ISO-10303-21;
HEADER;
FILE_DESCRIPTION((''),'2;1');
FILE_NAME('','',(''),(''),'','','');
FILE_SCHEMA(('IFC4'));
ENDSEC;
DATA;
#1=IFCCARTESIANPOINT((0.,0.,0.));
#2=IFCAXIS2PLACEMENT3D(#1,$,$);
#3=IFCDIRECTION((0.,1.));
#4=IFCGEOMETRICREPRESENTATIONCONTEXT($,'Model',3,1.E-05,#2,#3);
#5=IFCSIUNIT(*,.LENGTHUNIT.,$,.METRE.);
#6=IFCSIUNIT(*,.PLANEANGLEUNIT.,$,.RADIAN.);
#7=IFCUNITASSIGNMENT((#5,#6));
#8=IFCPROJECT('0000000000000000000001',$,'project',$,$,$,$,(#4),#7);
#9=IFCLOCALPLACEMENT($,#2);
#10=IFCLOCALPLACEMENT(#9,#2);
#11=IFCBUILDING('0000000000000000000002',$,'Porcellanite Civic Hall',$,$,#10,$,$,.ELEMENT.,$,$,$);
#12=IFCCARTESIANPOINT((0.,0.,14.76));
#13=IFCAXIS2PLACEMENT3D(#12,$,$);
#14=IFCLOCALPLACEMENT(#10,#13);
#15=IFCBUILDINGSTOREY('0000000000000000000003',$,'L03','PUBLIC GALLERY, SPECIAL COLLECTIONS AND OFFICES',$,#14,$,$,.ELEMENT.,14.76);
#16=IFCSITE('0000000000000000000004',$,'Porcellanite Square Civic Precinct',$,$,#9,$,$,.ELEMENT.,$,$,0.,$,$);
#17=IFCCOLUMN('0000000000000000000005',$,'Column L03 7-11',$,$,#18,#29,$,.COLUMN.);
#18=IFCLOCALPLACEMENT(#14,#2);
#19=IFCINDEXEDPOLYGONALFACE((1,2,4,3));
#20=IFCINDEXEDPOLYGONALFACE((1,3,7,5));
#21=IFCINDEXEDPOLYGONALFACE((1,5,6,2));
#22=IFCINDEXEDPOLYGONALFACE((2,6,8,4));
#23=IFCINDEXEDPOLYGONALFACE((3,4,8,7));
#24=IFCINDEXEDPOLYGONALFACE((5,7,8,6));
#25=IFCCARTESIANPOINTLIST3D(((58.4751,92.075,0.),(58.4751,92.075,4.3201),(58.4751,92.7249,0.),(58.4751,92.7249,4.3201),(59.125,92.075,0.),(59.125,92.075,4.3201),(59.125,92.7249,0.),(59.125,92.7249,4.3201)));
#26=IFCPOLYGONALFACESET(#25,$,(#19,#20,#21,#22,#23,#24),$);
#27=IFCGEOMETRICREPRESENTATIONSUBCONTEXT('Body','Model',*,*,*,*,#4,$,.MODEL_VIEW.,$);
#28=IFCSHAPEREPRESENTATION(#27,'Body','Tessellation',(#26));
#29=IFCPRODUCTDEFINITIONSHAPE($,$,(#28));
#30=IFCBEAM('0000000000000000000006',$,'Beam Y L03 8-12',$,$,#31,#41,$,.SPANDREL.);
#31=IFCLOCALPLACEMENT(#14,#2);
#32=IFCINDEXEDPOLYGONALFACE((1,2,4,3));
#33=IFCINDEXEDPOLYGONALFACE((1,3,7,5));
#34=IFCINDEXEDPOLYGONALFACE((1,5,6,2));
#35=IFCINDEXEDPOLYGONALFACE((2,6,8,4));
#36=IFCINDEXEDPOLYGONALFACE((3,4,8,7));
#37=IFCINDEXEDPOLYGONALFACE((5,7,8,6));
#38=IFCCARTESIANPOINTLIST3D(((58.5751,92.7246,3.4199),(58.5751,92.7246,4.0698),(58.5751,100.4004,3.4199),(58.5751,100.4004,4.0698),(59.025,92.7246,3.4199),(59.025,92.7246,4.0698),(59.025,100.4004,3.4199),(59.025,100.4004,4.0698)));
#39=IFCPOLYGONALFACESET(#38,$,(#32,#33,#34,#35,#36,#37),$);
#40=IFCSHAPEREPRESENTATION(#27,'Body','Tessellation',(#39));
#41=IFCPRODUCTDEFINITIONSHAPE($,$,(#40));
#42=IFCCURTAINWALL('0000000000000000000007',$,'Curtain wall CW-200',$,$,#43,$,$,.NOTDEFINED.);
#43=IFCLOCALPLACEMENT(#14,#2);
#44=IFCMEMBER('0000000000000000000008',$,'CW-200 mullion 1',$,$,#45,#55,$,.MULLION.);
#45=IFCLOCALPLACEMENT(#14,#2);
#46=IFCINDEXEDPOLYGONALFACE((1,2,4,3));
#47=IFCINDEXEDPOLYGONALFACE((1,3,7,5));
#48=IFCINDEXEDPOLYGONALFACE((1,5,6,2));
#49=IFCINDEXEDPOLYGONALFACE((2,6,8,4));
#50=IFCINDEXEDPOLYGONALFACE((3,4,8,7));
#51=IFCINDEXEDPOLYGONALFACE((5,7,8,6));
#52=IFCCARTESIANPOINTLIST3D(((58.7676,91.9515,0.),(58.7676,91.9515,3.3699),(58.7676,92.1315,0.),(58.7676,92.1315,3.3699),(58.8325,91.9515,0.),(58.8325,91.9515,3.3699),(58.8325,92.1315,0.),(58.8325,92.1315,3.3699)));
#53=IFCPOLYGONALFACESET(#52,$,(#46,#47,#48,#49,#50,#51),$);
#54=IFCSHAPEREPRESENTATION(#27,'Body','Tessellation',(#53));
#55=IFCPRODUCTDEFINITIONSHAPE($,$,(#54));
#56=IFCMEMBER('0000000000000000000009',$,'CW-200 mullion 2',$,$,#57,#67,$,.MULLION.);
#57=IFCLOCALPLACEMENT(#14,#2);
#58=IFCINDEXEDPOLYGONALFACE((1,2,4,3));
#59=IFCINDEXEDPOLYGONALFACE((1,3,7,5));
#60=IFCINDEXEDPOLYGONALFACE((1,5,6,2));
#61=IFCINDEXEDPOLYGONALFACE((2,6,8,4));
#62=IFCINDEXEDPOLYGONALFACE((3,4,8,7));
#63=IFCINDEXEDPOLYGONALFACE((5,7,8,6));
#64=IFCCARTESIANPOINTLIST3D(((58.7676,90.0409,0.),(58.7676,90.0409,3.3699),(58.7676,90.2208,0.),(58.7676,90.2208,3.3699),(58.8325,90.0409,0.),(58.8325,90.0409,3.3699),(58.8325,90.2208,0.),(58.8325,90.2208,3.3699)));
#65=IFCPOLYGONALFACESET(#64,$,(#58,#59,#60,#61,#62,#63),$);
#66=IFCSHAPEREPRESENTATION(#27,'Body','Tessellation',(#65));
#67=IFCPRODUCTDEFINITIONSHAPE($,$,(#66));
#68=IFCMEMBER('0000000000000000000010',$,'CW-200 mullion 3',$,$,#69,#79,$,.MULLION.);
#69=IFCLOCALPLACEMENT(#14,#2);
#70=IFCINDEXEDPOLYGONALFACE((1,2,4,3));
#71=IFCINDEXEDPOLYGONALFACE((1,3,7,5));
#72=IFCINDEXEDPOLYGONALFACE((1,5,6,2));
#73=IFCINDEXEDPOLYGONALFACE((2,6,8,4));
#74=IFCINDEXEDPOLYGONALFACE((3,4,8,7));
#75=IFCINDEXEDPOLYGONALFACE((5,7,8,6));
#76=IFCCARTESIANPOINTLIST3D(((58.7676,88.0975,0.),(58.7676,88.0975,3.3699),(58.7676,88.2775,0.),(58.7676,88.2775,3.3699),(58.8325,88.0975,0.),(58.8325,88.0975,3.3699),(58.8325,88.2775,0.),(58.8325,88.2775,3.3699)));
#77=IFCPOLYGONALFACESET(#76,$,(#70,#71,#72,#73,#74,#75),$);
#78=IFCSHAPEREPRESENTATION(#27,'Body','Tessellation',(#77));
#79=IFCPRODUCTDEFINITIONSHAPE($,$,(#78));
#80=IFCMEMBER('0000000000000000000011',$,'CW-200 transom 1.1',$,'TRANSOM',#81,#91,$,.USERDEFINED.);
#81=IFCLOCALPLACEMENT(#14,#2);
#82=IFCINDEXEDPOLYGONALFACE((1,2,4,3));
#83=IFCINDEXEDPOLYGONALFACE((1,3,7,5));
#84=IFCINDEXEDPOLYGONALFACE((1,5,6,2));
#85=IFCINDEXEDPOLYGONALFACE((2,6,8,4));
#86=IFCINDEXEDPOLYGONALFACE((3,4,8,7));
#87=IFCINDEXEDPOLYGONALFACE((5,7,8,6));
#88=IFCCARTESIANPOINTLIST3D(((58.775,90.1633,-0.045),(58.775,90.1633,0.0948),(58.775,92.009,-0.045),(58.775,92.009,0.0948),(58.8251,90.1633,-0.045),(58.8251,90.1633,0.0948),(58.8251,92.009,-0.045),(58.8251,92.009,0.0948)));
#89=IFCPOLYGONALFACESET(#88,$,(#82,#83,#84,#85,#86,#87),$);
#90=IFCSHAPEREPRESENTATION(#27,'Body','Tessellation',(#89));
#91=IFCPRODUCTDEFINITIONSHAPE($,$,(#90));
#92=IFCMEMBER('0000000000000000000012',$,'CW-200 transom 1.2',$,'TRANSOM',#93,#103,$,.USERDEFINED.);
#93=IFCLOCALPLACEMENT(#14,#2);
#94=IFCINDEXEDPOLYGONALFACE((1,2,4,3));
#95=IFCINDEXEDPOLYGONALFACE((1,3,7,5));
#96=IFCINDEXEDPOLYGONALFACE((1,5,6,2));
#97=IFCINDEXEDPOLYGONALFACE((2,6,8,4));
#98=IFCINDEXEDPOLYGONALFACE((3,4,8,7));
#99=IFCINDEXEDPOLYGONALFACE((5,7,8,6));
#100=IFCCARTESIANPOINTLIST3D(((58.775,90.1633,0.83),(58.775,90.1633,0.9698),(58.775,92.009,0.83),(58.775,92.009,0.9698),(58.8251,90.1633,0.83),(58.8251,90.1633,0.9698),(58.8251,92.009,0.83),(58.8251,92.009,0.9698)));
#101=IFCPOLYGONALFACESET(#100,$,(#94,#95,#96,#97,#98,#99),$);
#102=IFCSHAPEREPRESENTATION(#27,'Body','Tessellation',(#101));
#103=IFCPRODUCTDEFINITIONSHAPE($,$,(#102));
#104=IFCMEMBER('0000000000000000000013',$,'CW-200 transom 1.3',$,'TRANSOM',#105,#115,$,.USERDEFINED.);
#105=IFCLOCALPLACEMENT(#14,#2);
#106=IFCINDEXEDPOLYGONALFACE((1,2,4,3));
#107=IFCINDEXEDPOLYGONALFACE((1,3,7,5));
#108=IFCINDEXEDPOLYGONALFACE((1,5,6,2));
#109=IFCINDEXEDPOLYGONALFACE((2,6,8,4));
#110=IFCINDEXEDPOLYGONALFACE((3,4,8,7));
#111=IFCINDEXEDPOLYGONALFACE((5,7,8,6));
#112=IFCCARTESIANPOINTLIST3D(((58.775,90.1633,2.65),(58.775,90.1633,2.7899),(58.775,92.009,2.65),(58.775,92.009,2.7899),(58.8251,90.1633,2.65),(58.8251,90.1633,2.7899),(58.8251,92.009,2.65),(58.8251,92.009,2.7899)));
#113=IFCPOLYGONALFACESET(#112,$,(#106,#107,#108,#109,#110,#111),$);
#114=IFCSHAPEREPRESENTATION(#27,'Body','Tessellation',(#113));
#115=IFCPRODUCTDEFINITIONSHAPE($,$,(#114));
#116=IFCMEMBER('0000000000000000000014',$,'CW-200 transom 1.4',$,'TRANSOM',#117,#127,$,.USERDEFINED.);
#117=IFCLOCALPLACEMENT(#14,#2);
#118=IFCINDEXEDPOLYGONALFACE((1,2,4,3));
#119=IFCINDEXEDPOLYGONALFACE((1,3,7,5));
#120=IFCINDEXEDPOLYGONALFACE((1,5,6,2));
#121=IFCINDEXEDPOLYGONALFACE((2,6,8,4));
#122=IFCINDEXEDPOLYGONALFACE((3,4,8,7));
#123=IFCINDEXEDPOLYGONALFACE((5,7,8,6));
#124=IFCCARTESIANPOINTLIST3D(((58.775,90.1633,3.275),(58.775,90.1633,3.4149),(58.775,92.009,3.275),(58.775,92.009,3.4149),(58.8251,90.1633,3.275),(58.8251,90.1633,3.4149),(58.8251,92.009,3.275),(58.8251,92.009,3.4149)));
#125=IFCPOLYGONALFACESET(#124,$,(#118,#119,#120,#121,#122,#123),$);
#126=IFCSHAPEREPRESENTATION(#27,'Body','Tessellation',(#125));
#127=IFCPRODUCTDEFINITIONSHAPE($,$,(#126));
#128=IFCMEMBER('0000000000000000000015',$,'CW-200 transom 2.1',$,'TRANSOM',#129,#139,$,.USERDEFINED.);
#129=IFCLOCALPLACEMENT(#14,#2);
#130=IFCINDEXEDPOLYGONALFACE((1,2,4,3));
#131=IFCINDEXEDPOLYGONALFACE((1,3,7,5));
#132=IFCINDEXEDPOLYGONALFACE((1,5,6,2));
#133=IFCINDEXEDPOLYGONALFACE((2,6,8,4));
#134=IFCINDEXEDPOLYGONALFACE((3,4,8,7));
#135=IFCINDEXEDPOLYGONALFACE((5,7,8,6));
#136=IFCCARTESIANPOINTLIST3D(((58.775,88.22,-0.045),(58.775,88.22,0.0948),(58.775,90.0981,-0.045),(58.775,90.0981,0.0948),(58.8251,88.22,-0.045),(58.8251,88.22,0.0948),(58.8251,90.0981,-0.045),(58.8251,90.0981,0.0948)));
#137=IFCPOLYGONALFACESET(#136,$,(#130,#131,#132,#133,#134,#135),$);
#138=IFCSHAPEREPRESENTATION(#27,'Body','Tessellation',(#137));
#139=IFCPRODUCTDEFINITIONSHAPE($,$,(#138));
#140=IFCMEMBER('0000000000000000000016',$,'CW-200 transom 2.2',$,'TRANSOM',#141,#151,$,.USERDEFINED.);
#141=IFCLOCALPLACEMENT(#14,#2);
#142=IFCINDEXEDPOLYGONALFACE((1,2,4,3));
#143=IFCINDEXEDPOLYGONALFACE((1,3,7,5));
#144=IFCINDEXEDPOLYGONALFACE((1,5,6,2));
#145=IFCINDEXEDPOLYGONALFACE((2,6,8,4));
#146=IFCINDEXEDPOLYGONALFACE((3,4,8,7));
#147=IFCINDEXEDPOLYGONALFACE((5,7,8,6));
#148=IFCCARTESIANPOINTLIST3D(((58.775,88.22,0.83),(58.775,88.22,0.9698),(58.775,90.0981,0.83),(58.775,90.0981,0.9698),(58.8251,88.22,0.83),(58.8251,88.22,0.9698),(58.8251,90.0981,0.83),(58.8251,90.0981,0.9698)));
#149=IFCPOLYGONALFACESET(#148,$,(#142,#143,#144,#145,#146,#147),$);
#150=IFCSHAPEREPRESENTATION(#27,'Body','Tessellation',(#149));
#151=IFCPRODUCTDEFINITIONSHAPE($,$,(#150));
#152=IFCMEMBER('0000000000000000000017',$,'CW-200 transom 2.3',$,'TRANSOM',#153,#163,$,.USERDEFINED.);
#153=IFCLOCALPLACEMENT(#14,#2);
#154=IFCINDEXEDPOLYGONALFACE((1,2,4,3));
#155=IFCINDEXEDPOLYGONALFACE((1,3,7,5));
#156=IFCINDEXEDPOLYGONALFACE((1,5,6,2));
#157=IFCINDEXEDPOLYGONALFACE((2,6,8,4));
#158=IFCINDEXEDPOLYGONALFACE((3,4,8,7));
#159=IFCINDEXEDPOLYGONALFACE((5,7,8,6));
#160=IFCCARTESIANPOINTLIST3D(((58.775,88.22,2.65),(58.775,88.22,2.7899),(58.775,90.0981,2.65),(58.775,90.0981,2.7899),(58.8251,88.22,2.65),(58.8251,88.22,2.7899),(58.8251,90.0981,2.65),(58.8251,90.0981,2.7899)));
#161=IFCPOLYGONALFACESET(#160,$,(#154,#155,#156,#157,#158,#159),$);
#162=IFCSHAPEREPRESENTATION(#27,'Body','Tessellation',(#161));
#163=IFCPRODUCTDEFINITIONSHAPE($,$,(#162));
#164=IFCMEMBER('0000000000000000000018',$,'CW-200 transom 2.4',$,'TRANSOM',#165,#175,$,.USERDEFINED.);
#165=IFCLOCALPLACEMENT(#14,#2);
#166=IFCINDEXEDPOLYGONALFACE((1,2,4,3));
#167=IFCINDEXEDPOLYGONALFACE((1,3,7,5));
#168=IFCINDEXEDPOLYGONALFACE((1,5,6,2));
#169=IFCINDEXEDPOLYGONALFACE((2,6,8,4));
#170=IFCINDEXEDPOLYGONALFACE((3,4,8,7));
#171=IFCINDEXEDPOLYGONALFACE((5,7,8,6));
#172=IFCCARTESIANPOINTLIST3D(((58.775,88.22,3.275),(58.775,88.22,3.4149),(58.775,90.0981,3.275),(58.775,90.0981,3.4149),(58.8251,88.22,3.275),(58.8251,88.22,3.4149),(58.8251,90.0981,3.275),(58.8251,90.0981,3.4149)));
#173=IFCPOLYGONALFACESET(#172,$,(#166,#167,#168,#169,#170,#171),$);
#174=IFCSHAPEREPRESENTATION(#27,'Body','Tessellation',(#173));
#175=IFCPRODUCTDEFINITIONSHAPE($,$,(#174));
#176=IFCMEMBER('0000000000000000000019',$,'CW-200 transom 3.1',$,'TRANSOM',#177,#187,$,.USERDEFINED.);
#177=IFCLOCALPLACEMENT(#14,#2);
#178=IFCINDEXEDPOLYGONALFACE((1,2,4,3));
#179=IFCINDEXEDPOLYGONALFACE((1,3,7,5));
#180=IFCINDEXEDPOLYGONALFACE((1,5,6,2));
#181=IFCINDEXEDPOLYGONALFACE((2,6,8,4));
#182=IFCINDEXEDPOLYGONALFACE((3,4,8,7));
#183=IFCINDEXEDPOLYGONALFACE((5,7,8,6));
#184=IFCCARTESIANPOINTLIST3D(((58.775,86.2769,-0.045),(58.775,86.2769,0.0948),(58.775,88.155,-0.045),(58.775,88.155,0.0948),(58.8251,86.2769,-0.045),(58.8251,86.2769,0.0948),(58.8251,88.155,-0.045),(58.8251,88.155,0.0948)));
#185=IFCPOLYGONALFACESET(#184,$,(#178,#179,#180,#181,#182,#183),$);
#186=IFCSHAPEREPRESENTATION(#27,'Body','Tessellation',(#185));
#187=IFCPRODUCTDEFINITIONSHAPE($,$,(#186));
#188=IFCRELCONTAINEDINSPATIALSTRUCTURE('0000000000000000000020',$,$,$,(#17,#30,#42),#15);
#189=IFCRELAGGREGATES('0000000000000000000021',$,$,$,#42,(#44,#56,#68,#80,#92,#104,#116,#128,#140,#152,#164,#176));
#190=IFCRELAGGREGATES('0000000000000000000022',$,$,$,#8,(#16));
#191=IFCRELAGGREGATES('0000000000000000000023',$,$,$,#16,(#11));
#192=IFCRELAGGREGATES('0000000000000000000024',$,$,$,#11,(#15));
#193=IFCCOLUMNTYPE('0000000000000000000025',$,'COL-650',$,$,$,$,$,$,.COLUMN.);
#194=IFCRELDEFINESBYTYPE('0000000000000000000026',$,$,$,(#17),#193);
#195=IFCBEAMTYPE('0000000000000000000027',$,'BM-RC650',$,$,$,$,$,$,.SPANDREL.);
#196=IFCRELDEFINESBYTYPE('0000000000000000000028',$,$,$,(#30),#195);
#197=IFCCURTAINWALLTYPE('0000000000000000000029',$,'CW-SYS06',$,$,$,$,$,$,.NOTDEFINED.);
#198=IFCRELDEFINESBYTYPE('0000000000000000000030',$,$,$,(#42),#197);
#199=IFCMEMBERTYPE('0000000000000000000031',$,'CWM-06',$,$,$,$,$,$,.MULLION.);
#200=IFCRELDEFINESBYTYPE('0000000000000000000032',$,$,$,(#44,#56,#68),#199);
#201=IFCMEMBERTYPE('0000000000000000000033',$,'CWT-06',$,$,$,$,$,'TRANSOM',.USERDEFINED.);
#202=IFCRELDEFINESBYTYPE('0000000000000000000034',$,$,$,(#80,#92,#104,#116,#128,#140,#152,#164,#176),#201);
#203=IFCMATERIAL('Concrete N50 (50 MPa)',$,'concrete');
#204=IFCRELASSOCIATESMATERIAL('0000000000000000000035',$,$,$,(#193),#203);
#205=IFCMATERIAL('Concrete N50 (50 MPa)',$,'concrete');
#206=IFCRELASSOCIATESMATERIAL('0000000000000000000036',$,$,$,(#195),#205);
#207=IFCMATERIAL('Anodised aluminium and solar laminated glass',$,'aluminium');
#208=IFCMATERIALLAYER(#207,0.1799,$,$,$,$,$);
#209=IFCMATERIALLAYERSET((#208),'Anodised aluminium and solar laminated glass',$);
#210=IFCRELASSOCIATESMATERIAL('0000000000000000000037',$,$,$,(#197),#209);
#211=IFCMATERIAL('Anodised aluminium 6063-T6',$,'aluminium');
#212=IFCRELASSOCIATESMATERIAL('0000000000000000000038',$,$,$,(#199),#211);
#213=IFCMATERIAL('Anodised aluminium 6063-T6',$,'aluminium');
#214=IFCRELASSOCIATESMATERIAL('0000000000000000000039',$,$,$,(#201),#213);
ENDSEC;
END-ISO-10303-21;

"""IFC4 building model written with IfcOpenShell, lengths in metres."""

from ifc_helpers import new_model, si_unit, direction, frame, origin, origin_2d, place, context, subcontext, project, spatial, rectangle, extrude, material, layer, layer_set, material_profile, profile_set, type_object, element, aggregate, save


model = new_model("IFC4")

# Units and contexts
model_context = context("Model", 3, precision=1e-05, world=origin(), true_north=direction((0.0, 1.0)))
body_context = subcontext(model_context, "Body", "Model", "MODEL_VIEW")
ifc_project = project(units=[si_unit("LENGTHUNIT", "METRE"), si_unit("PLANEANGLEUNIT", "RADIAN")], contexts=[model_context])

# Site, building, storey
site_placement = place(None, origin())
site = spatial("IfcSite", under=ifc_project, at=site_placement, Name="Porcellanite Square Civic Precinct", CompositionType="ELEMENT", RefElevation=0.0)
building_placement = place(site_placement, origin())
building = spatial("IfcBuilding", under=site, at=building_placement, Name="Porcellanite Civic Hall", CompositionType="ELEMENT")
storey_placement = place(building_placement, frame((0.0, 0.0, 14.76)))
storey = spatial("IfcBuildingStorey", under=building, at=storey_placement, Name="L03", Description="PUBLIC GALLERY, SPECIAL COLLECTIONS AND OFFICES", CompositionType="ELEMENT", Elevation=14.76)

# Column
ifc_material_1 = material(Name="Concrete N50 (50 MPa)", Category="concrete")
ifc_material_profile_1 = material_profile(ifc_material_1, rectangle(XDim=0.6499, YDim=0.6499, at=origin_2d()), Name="RC-650x650")
ifc_profile_set_1 = profile_set([ifc_material_profile_1], Name="Concrete N50 (50 MPa)")
column_type = type_object("IfcColumnType", Name="COL-650", PredefinedType="COLUMN", material=ifc_profile_set_1)
column_placement = place(storey_placement, frame((58.8, 92.3999, 0.0), z_axis=(0.0, 0.0, 1.0), x_axis=(1.0, 0.0, 0.0)))
element("IfcColumn", 1, at=column_placement, inside=storey, type_object=column_type, Name="Column L03 7-11", PredefinedType="COLUMN", context=body_context, shape_type="SweptSolid", body=[
    extrude(rectangle(XDim=0.6499, YDim=0.6499, at=origin_2d()), origin(), (0.0, 0.0, 1.0), 4.3201),
])

# Beam
ifc_material_2 = material(Name="Concrete N50 (50 MPa)", Category="concrete")
ifc_material_profile_2 = material_profile(ifc_material_2, rectangle(XDim=0.45, YDim=0.6499, at=origin_2d()), Name="RC-450x650")
ifc_profile_set_2 = profile_set([ifc_material_profile_2], Name="Concrete N50 (50 MPa)")
beam_type = type_object("IfcBeamType", Name="BM-RC650", PredefinedType="SPANDREL", material=ifc_profile_set_2)
beam_placement = place(storey_placement, frame((58.8, 92.7246, 3.7449), z_axis=(0.0, 1.0, 0.0), x_axis=(-1.0, 0.0, 0.0)))
element("IfcBeam", 2, at=beam_placement, inside=storey, type_object=beam_type, Name="Beam Y L03 8-12", PredefinedType="SPANDREL", context=body_context, shape_type="SweptSolid", body=[
    extrude(rectangle(XDim=0.45, YDim=0.6499, at=origin_2d()), origin(), (0.0, 0.0, 1.0), 7.6758),
])

# Curtain wall, members
ifc_material_3 = material(Name="Anodised aluminium and solar laminated glass", Category="aluminium")
ifc_layer_1 = layer(ifc_material_3, 0.1799)
ifc_layer_set_1 = layer_set([ifc_layer_1], Name="Anodised aluminium and solar laminated glass")
curtain_wall_type = type_object("IfcCurtainWallType", Name="CW-SYS06", PredefinedType="NOTDEFINED", material=ifc_layer_set_1)
curtain_wall_placement = place(storey_placement, origin())
curtain_wall = element("IfcCurtainWall", 3, at=curtain_wall_placement, inside=storey, type_object=curtain_wall_type, Name="Curtain wall CW-200", PredefinedType="NOTDEFINED")
ifc_material_4 = material(Name="Anodised aluminium 6063-T6", Category="aluminium")
ifc_material_profile_3 = material_profile(ifc_material_4, rectangle(XDim=0.0649, YDim=0.1799, at=origin_2d()), Name="AL-65x180")
ifc_profile_set_3 = profile_set([ifc_material_profile_3], Name="Anodised aluminium 6063-T6")
member_type_1 = type_object("IfcMemberType", Name="CWM-06", PredefinedType="MULLION", material=ifc_profile_set_3)
member_1_placement = place(storey_placement, frame((58.8, 92.0415, 0.0), z_axis=(0.0, 0.0, 1.0), x_axis=(1.0, 0.0, 0.0)))
member_1 = element("IfcMember", 4, at=member_1_placement, type_object=member_type_1, Name="CW-200 mullion 1", PredefinedType="MULLION", context=body_context, shape_type="SweptSolid", body=[
    extrude(rectangle(XDim=0.0649, YDim=0.1799, at=origin_2d()), origin(), (0.0, 0.0, 1.0), 3.3699),
])
member_2_placement = place(storey_placement, frame((58.8, 90.1309, 0.0), z_axis=(0.0, 0.0, 1.0), x_axis=(1.0, 0.0, 0.0)))
member_2 = element("IfcMember", 5, at=member_2_placement, type_object=member_type_1, Name="CW-200 mullion 2", PredefinedType="MULLION", context=body_context, shape_type="SweptSolid", body=[
    extrude(rectangle(XDim=0.0649, YDim=0.1799, at=origin_2d()), origin(), (0.0, 0.0, 1.0), 3.3699),
])
member_3_placement = place(storey_placement, frame((58.8, 88.1875, 0.0), z_axis=(0.0, 0.0, 1.0), x_axis=(1.0, 0.0, 0.0)))
member_3 = element("IfcMember", 6, at=member_3_placement, type_object=member_type_1, Name="CW-200 mullion 3", PredefinedType="MULLION", context=body_context, shape_type="SweptSolid", body=[
    extrude(rectangle(XDim=0.0649, YDim=0.1799, at=origin_2d()), origin(), (0.0, 0.0, 1.0), 3.3699),
])
ifc_material_5 = material(Name="Anodised aluminium 6063-T6", Category="aluminium")
ifc_material_profile_4 = material_profile(ifc_material_5, rectangle(XDim=0.05, YDim=0.1399, at=origin_2d()), Name="AL-50x140")
ifc_profile_set_4 = profile_set([ifc_material_profile_4], Name="Anodised aluminium 6063-T6")
member_type_2 = type_object("IfcMemberType", Name="CWT-06", ElementType="TRANSOM", PredefinedType="USERDEFINED", material=ifc_profile_set_4)
member_4_placement = place(storey_placement, frame((58.8, 92.009, 0.0249), z_axis=(0.0, -1.0, 0.0), x_axis=(1.0, 0.0, 0.0)))
member_4 = element("IfcMember", 7, at=member_4_placement, type_object=member_type_2, Name="CW-200 transom 1.1", ObjectType="TRANSOM", PredefinedType="USERDEFINED", context=body_context, shape_type="SweptSolid", body=[
    extrude(rectangle(XDim=0.05, YDim=0.1399, at=origin_2d()), origin(), (0.0, 0.0, 1.0), 1.8457),
])
member_5_placement = place(storey_placement, frame((58.8, 92.009, 0.8999), z_axis=(0.0, -1.0, 0.0), x_axis=(1.0, 0.0, 0.0)))
member_5 = element("IfcMember", 8, at=member_5_placement, type_object=member_type_2, Name="CW-200 transom 1.2", ObjectType="TRANSOM", PredefinedType="USERDEFINED", context=body_context, shape_type="SweptSolid", body=[
    extrude(rectangle(XDim=0.05, YDim=0.1399, at=origin_2d()), origin(), (0.0, 0.0, 1.0), 1.8457),
])
member_6_placement = place(storey_placement, frame((58.8, 92.009, 2.72), z_axis=(0.0, -1.0, 0.0), x_axis=(1.0, 0.0, 0.0)))
member_6 = element("IfcMember", 9, at=member_6_placement, type_object=member_type_2, Name="CW-200 transom 1.3", ObjectType="TRANSOM", PredefinedType="USERDEFINED", context=body_context, shape_type="SweptSolid", body=[
    extrude(rectangle(XDim=0.05, YDim=0.1399, at=origin_2d()), origin(), (0.0, 0.0, 1.0), 1.8457),
])
member_7_placement = place(storey_placement, frame((58.8, 92.009, 3.345), z_axis=(0.0, -1.0, 0.0), x_axis=(1.0, 0.0, 0.0)))
member_7 = element("IfcMember", 10, at=member_7_placement, type_object=member_type_2, Name="CW-200 transom 1.4", ObjectType="TRANSOM", PredefinedType="USERDEFINED", context=body_context, shape_type="SweptSolid", body=[
    extrude(rectangle(XDim=0.05, YDim=0.1399, at=origin_2d()), origin(), (0.0, 0.0, 1.0), 1.8457),
])
member_8_placement = place(storey_placement, frame((58.8, 90.0981, 0.0249), z_axis=(0.0, -1.0, 0.0), x_axis=(1.0, 0.0, 0.0)))
member_8 = element("IfcMember", 11, at=member_8_placement, type_object=member_type_2, Name="CW-200 transom 2.1", ObjectType="TRANSOM", PredefinedType="USERDEFINED", context=body_context, shape_type="SweptSolid", body=[
    extrude(rectangle(XDim=0.05, YDim=0.1399, at=origin_2d()), origin(), (0.0, 0.0, 1.0), 1.8782),
])
member_9_placement = place(storey_placement, frame((58.8, 90.0981, 0.8999), z_axis=(0.0, -1.0, 0.0), x_axis=(1.0, 0.0, 0.0)))
member_9 = element("IfcMember", 12, at=member_9_placement, type_object=member_type_2, Name="CW-200 transom 2.2", ObjectType="TRANSOM", PredefinedType="USERDEFINED", context=body_context, shape_type="SweptSolid", body=[
    extrude(rectangle(XDim=0.05, YDim=0.1399, at=origin_2d()), origin(), (0.0, 0.0, 1.0), 1.8782),
])
member_10_placement = place(storey_placement, frame((58.8, 90.0981, 2.72), z_axis=(0.0, -1.0, 0.0), x_axis=(1.0, 0.0, 0.0)))
member_10 = element("IfcMember", 13, at=member_10_placement, type_object=member_type_2, Name="CW-200 transom 2.3", ObjectType="TRANSOM", PredefinedType="USERDEFINED", context=body_context, shape_type="SweptSolid", body=[
    extrude(rectangle(XDim=0.05, YDim=0.1399, at=origin_2d()), origin(), (0.0, 0.0, 1.0), 1.8782),
])
member_11_placement = place(storey_placement, frame((58.8, 90.0981, 3.345), z_axis=(0.0, -1.0, 0.0), x_axis=(1.0, 0.0, 0.0)))
member_11 = element("IfcMember", 14, at=member_11_placement, type_object=member_type_2, Name="CW-200 transom 2.4", ObjectType="TRANSOM", PredefinedType="USERDEFINED", context=body_context, shape_type="SweptSolid", body=[
    extrude(rectangle(XDim=0.05, YDim=0.1399, at=origin_2d()), origin(), (0.0, 0.0, 1.0), 1.8782),
])
member_12_placement = place(storey_placement, frame((58.8, 88.155, 0.0249), z_axis=(0.0, -1.0, 0.0), x_axis=(1.0, 0.0, 0.0)))
member_12 = element("IfcMember", 15, at=member_12_placement, type_object=member_type_2, Name="CW-200 transom 3.1", ObjectType="TRANSOM", PredefinedType="USERDEFINED", context=body_context, shape_type="SweptSolid", body=[
    extrude(rectangle(XDim=0.05, YDim=0.1399, at=origin_2d()), origin(), (0.0, 0.0, 1.0), 1.8782),
])

aggregate(curtain_wall, [member_1, member_2, member_3, member_4, member_5, member_6, member_7, member_8, member_9, member_10, member_11, member_12])

save(model, "model.ifc")
